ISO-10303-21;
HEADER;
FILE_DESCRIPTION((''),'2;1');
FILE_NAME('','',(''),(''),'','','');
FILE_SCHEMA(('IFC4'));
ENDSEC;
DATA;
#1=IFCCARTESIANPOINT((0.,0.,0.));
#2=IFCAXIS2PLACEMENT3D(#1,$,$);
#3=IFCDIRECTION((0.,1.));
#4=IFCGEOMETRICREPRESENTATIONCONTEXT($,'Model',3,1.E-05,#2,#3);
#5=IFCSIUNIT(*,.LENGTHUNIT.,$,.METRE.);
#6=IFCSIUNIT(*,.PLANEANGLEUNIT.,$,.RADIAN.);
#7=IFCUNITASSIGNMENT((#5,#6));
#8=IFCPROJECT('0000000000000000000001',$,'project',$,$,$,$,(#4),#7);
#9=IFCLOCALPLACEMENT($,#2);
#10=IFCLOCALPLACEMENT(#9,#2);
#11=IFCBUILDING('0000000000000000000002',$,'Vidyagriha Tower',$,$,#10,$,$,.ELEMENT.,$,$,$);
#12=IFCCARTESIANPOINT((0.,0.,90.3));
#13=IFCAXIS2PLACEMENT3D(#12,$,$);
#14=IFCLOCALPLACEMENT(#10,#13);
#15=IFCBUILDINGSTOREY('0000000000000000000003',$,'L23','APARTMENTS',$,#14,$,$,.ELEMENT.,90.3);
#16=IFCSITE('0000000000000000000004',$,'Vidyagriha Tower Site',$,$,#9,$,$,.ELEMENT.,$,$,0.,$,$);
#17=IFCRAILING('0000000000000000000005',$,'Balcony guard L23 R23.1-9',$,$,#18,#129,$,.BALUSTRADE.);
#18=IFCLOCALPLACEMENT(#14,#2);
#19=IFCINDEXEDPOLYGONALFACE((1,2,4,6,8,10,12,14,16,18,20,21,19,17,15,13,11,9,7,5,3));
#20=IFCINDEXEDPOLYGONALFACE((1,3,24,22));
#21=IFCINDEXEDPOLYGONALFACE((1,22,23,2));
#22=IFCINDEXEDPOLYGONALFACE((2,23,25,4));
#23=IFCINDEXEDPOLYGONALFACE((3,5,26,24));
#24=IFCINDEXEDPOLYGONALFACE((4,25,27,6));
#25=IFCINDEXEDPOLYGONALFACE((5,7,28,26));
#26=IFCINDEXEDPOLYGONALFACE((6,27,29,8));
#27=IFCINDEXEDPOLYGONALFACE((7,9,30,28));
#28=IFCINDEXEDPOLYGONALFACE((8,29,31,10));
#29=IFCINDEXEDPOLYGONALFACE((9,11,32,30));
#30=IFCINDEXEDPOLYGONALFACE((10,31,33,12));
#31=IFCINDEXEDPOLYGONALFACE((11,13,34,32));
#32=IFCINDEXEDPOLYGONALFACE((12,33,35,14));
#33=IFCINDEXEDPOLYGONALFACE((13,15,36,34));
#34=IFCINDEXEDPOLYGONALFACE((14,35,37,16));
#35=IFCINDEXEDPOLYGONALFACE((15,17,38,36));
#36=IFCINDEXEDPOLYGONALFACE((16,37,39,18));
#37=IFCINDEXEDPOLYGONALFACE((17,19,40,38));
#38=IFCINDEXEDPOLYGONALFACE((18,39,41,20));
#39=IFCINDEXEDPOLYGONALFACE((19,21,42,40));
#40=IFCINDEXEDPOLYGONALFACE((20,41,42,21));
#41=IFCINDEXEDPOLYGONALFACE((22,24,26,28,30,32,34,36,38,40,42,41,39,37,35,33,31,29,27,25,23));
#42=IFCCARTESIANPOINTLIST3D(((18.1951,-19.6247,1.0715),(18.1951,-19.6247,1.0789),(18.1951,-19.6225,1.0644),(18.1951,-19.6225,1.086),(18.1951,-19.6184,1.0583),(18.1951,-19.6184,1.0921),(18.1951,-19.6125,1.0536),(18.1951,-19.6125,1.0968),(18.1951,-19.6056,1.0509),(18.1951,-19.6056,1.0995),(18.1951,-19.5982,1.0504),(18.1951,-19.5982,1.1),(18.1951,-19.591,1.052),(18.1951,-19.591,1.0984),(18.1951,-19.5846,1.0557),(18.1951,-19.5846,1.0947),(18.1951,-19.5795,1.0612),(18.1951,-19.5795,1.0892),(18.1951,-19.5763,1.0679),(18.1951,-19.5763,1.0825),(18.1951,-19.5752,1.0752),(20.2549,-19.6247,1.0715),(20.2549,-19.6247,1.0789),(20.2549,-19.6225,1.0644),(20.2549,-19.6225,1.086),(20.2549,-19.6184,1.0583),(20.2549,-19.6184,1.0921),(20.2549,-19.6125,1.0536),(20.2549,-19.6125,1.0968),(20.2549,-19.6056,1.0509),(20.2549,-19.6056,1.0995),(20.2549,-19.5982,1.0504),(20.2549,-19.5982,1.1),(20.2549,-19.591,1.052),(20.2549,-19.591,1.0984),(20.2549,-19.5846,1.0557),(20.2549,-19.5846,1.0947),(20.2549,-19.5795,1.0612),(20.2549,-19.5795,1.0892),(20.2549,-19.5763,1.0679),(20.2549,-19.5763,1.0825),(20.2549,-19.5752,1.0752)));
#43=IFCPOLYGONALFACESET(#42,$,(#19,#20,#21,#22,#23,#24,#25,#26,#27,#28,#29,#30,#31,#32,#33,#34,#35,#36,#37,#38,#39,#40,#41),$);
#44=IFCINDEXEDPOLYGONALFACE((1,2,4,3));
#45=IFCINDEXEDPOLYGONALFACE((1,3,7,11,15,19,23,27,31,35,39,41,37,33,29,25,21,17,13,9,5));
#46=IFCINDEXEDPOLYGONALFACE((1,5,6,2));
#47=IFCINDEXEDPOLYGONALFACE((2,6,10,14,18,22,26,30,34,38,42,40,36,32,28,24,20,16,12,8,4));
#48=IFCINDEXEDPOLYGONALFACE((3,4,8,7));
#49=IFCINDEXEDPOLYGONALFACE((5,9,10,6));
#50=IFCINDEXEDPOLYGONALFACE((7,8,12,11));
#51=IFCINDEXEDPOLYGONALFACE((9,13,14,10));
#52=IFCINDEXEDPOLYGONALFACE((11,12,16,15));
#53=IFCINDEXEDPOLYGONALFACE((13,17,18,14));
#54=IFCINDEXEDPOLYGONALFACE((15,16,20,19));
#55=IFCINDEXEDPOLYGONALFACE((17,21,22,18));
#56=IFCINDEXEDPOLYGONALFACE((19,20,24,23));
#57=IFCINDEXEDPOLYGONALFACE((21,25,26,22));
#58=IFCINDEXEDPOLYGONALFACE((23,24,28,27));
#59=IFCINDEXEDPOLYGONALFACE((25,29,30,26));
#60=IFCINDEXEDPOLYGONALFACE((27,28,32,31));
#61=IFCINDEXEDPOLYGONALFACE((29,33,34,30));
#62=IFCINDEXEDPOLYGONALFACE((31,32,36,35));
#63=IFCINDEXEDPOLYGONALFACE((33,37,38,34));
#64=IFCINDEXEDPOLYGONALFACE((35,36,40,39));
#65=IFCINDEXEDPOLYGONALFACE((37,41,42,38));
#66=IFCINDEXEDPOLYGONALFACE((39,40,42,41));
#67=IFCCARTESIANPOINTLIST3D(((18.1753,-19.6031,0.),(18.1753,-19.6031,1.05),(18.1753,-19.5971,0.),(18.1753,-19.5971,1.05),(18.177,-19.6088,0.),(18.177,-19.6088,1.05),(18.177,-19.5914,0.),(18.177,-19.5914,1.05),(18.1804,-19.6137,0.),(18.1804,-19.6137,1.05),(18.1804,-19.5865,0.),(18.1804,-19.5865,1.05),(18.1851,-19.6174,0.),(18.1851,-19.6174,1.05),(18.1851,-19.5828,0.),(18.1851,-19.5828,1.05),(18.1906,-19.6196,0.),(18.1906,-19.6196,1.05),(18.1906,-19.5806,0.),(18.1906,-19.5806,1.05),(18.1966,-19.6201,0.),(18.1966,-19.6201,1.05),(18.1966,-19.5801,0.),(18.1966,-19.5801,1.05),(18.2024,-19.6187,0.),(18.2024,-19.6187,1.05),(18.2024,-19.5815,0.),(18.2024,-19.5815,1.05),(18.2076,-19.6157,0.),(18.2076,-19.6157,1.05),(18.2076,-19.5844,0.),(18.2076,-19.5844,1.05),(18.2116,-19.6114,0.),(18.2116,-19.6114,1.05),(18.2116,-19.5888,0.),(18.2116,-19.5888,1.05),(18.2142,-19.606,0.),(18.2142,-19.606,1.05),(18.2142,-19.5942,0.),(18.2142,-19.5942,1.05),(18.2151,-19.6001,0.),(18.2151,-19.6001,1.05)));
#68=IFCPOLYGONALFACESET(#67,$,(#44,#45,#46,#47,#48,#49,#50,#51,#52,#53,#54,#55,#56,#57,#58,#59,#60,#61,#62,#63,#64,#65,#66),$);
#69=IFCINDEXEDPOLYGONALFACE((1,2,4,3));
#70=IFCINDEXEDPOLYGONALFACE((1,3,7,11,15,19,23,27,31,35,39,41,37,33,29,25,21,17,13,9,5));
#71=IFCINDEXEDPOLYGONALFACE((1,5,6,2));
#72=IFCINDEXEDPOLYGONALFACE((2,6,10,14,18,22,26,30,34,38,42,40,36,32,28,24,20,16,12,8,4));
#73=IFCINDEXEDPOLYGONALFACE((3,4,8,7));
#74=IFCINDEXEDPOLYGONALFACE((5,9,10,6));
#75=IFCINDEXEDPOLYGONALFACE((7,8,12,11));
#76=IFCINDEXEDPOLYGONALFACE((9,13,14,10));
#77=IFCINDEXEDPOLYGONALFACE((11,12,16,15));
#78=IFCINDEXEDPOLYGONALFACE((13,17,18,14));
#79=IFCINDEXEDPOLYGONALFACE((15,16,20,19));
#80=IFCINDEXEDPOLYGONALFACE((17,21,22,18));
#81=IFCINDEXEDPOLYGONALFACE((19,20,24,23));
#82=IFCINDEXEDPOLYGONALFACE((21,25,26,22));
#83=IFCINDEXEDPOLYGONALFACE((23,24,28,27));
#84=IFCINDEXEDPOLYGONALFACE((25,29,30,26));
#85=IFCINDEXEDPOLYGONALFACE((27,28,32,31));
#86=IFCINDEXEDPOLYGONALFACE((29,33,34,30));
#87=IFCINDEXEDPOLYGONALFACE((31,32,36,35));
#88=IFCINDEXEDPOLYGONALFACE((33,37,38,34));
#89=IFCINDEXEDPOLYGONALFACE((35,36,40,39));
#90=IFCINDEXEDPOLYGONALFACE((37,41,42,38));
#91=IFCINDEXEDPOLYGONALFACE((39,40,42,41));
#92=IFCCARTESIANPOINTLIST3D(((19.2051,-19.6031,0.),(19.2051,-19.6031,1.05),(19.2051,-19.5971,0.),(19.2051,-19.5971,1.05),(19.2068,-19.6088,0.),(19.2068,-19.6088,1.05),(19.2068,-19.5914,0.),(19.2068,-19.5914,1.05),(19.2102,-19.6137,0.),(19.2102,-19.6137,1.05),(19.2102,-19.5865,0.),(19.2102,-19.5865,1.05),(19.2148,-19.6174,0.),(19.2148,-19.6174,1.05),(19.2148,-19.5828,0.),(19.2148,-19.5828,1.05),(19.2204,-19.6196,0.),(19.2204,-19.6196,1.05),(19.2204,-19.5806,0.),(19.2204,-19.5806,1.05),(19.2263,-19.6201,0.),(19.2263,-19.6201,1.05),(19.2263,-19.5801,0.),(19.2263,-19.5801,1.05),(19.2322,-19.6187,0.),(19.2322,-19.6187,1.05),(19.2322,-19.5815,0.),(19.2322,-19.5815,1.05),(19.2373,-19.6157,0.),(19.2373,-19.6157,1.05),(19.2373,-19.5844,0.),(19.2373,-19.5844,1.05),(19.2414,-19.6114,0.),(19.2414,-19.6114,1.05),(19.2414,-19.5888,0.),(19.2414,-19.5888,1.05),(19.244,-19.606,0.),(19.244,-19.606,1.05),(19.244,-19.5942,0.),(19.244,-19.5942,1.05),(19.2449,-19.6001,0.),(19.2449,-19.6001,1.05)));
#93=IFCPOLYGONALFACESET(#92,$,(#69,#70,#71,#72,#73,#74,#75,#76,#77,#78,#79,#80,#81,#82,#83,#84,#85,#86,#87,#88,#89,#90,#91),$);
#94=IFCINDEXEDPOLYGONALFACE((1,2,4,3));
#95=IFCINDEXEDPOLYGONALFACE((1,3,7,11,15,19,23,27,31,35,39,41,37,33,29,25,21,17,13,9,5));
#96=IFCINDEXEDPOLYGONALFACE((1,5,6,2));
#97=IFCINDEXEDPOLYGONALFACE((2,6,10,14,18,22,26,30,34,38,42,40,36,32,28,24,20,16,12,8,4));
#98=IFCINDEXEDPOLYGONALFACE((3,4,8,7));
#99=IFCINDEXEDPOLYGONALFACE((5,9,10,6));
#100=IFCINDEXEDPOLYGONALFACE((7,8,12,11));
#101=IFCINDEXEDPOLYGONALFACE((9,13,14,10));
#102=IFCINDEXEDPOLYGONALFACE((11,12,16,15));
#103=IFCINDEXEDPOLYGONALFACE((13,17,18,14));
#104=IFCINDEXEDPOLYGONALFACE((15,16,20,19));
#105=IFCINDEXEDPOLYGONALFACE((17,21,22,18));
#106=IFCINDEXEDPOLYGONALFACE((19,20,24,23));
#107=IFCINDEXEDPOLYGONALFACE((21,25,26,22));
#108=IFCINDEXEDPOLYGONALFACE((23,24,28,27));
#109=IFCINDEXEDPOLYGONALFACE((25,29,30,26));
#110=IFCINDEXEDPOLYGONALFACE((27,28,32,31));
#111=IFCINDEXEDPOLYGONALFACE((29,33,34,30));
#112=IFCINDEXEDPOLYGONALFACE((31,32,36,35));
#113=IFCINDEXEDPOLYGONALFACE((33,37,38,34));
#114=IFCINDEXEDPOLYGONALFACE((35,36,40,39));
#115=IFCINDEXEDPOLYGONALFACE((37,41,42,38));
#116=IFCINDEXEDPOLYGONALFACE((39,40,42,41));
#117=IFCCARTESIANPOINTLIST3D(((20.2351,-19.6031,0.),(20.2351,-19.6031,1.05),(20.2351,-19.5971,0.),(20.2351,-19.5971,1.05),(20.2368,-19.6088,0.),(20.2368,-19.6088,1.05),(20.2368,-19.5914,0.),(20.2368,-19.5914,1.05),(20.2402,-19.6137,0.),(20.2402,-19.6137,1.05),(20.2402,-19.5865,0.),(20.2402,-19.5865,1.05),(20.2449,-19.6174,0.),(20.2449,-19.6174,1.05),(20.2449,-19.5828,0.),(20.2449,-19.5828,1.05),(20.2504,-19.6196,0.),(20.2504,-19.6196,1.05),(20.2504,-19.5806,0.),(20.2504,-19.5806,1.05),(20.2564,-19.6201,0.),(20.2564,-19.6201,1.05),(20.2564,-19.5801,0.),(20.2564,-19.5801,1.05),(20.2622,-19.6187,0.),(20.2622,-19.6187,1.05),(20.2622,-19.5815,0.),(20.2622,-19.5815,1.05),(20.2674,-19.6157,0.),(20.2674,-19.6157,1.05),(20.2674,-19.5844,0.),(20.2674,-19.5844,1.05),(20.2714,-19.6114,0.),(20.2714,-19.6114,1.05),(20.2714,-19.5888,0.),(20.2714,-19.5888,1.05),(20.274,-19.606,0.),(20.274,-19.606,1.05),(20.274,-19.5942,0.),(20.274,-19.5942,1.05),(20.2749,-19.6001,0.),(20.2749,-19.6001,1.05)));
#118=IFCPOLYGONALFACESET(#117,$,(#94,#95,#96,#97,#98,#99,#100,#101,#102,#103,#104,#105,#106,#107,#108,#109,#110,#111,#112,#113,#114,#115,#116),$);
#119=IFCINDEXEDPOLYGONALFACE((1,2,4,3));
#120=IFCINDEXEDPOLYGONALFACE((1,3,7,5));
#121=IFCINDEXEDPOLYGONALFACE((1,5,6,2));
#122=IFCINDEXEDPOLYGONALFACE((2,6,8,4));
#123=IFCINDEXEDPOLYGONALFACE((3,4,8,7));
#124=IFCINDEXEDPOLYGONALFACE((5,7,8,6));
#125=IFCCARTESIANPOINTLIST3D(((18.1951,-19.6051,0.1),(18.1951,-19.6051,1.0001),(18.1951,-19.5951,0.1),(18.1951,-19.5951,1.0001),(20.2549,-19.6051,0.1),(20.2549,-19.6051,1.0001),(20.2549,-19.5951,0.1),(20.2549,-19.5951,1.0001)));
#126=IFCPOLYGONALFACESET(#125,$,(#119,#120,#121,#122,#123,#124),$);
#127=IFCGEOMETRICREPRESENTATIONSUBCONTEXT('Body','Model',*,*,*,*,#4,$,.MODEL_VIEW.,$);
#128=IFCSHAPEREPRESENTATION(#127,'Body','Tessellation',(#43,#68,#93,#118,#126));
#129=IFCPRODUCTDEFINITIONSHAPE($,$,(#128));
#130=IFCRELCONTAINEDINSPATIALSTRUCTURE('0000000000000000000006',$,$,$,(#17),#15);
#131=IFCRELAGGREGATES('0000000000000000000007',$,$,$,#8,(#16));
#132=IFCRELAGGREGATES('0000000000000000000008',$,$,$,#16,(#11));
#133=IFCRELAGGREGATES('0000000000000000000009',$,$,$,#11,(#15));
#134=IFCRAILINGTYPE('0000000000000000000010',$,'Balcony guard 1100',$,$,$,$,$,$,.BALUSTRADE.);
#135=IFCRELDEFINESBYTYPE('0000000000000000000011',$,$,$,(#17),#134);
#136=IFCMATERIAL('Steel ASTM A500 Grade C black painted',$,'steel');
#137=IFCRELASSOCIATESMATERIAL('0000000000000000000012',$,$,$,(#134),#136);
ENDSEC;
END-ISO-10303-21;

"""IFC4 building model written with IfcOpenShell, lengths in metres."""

from ifc_helpers import new_model, si_unit, direction, frame, origin, origin_2d, place, context, subcontext, project, spatial, rectangle, circle, extrude, material, type_object, element, save


model = new_model("IFC4")

# Units and contexts
model_context = context("Model", 3, precision=1e-05, world=origin(), true_north=direction((0.0, 1.0)))
body_context = subcontext(model_context, "Body", "Model", "MODEL_VIEW")
ifc_project = project(units=[si_unit("LENGTHUNIT", "METRE"), si_unit("PLANEANGLEUNIT", "RADIAN")], contexts=[model_context])

# Site, building, storey
site_placement = place(None, origin())
site = spatial("IfcSite", under=ifc_project, at=site_placement, Name="Vidyagriha Tower Site", CompositionType="ELEMENT", RefElevation=0.0)
building_placement = place(site_placement, origin())
building = spatial("IfcBuilding", under=site, at=building_placement, Name="Vidyagriha Tower", CompositionType="ELEMENT")
storey_placement = place(building_placement, frame((0.0, 0.0, 90.3)))
storey = spatial("IfcBuildingStorey", under=building, at=storey_placement, Name="L23", Description="APARTMENTS", CompositionType="ELEMENT", Elevation=90.3)

# Railing
ifc_material_1 = material(Name="Steel ASTM A500 Grade C black painted", Category="steel")
railing_type = type_object("IfcRailingType", Name="Balcony guard 1100", PredefinedType="BALUSTRADE", material=ifc_material_1)
railing_1_placement = place(storey_placement, frame((18.1951, -19.6001, 0.0)))
element("IfcRailing", 1, at=railing_1_placement, inside=storey, type_object=railing_type, Name="Balcony guard L23 R23.1-9", PredefinedType="BALUSTRADE", context=body_context, shape_type="SweptSolid", body=[
    extrude(circle(Radius=0.0249, at=origin_2d()), frame((0.0, 0.0, 1.0752), z_axis=(1.0, 0.0, 0.0), x_axis=(0.0, 1.0, 0.0)), (0.0, 0.0, 1.0), 2.0598),
    extrude(circle(Radius=0.02, at=origin_2d()), origin(), (0.0, 0.0, 1.0), 1.05),
    extrude(circle(Radius=0.02, at=origin_2d()), frame((1.0298, 0.0, 0.0)), (0.0, 0.0, 1.0), 1.05),
    extrude(circle(Radius=0.02, at=origin_2d()), frame((2.0598, 0.0, 0.0)), (0.0, 0.0, 1.0), 1.05),
    extrude(rectangle(XDim=0.01, YDim=0.9001, at=origin_2d()), frame((0.0, 0.0, 0.55), z_axis=(1.0, 0.0, 0.0), x_axis=(0.0, 1.0, 0.0)), (0.0, 0.0, 1.0), 2.0598),
])

save(model, "model.ifc")
